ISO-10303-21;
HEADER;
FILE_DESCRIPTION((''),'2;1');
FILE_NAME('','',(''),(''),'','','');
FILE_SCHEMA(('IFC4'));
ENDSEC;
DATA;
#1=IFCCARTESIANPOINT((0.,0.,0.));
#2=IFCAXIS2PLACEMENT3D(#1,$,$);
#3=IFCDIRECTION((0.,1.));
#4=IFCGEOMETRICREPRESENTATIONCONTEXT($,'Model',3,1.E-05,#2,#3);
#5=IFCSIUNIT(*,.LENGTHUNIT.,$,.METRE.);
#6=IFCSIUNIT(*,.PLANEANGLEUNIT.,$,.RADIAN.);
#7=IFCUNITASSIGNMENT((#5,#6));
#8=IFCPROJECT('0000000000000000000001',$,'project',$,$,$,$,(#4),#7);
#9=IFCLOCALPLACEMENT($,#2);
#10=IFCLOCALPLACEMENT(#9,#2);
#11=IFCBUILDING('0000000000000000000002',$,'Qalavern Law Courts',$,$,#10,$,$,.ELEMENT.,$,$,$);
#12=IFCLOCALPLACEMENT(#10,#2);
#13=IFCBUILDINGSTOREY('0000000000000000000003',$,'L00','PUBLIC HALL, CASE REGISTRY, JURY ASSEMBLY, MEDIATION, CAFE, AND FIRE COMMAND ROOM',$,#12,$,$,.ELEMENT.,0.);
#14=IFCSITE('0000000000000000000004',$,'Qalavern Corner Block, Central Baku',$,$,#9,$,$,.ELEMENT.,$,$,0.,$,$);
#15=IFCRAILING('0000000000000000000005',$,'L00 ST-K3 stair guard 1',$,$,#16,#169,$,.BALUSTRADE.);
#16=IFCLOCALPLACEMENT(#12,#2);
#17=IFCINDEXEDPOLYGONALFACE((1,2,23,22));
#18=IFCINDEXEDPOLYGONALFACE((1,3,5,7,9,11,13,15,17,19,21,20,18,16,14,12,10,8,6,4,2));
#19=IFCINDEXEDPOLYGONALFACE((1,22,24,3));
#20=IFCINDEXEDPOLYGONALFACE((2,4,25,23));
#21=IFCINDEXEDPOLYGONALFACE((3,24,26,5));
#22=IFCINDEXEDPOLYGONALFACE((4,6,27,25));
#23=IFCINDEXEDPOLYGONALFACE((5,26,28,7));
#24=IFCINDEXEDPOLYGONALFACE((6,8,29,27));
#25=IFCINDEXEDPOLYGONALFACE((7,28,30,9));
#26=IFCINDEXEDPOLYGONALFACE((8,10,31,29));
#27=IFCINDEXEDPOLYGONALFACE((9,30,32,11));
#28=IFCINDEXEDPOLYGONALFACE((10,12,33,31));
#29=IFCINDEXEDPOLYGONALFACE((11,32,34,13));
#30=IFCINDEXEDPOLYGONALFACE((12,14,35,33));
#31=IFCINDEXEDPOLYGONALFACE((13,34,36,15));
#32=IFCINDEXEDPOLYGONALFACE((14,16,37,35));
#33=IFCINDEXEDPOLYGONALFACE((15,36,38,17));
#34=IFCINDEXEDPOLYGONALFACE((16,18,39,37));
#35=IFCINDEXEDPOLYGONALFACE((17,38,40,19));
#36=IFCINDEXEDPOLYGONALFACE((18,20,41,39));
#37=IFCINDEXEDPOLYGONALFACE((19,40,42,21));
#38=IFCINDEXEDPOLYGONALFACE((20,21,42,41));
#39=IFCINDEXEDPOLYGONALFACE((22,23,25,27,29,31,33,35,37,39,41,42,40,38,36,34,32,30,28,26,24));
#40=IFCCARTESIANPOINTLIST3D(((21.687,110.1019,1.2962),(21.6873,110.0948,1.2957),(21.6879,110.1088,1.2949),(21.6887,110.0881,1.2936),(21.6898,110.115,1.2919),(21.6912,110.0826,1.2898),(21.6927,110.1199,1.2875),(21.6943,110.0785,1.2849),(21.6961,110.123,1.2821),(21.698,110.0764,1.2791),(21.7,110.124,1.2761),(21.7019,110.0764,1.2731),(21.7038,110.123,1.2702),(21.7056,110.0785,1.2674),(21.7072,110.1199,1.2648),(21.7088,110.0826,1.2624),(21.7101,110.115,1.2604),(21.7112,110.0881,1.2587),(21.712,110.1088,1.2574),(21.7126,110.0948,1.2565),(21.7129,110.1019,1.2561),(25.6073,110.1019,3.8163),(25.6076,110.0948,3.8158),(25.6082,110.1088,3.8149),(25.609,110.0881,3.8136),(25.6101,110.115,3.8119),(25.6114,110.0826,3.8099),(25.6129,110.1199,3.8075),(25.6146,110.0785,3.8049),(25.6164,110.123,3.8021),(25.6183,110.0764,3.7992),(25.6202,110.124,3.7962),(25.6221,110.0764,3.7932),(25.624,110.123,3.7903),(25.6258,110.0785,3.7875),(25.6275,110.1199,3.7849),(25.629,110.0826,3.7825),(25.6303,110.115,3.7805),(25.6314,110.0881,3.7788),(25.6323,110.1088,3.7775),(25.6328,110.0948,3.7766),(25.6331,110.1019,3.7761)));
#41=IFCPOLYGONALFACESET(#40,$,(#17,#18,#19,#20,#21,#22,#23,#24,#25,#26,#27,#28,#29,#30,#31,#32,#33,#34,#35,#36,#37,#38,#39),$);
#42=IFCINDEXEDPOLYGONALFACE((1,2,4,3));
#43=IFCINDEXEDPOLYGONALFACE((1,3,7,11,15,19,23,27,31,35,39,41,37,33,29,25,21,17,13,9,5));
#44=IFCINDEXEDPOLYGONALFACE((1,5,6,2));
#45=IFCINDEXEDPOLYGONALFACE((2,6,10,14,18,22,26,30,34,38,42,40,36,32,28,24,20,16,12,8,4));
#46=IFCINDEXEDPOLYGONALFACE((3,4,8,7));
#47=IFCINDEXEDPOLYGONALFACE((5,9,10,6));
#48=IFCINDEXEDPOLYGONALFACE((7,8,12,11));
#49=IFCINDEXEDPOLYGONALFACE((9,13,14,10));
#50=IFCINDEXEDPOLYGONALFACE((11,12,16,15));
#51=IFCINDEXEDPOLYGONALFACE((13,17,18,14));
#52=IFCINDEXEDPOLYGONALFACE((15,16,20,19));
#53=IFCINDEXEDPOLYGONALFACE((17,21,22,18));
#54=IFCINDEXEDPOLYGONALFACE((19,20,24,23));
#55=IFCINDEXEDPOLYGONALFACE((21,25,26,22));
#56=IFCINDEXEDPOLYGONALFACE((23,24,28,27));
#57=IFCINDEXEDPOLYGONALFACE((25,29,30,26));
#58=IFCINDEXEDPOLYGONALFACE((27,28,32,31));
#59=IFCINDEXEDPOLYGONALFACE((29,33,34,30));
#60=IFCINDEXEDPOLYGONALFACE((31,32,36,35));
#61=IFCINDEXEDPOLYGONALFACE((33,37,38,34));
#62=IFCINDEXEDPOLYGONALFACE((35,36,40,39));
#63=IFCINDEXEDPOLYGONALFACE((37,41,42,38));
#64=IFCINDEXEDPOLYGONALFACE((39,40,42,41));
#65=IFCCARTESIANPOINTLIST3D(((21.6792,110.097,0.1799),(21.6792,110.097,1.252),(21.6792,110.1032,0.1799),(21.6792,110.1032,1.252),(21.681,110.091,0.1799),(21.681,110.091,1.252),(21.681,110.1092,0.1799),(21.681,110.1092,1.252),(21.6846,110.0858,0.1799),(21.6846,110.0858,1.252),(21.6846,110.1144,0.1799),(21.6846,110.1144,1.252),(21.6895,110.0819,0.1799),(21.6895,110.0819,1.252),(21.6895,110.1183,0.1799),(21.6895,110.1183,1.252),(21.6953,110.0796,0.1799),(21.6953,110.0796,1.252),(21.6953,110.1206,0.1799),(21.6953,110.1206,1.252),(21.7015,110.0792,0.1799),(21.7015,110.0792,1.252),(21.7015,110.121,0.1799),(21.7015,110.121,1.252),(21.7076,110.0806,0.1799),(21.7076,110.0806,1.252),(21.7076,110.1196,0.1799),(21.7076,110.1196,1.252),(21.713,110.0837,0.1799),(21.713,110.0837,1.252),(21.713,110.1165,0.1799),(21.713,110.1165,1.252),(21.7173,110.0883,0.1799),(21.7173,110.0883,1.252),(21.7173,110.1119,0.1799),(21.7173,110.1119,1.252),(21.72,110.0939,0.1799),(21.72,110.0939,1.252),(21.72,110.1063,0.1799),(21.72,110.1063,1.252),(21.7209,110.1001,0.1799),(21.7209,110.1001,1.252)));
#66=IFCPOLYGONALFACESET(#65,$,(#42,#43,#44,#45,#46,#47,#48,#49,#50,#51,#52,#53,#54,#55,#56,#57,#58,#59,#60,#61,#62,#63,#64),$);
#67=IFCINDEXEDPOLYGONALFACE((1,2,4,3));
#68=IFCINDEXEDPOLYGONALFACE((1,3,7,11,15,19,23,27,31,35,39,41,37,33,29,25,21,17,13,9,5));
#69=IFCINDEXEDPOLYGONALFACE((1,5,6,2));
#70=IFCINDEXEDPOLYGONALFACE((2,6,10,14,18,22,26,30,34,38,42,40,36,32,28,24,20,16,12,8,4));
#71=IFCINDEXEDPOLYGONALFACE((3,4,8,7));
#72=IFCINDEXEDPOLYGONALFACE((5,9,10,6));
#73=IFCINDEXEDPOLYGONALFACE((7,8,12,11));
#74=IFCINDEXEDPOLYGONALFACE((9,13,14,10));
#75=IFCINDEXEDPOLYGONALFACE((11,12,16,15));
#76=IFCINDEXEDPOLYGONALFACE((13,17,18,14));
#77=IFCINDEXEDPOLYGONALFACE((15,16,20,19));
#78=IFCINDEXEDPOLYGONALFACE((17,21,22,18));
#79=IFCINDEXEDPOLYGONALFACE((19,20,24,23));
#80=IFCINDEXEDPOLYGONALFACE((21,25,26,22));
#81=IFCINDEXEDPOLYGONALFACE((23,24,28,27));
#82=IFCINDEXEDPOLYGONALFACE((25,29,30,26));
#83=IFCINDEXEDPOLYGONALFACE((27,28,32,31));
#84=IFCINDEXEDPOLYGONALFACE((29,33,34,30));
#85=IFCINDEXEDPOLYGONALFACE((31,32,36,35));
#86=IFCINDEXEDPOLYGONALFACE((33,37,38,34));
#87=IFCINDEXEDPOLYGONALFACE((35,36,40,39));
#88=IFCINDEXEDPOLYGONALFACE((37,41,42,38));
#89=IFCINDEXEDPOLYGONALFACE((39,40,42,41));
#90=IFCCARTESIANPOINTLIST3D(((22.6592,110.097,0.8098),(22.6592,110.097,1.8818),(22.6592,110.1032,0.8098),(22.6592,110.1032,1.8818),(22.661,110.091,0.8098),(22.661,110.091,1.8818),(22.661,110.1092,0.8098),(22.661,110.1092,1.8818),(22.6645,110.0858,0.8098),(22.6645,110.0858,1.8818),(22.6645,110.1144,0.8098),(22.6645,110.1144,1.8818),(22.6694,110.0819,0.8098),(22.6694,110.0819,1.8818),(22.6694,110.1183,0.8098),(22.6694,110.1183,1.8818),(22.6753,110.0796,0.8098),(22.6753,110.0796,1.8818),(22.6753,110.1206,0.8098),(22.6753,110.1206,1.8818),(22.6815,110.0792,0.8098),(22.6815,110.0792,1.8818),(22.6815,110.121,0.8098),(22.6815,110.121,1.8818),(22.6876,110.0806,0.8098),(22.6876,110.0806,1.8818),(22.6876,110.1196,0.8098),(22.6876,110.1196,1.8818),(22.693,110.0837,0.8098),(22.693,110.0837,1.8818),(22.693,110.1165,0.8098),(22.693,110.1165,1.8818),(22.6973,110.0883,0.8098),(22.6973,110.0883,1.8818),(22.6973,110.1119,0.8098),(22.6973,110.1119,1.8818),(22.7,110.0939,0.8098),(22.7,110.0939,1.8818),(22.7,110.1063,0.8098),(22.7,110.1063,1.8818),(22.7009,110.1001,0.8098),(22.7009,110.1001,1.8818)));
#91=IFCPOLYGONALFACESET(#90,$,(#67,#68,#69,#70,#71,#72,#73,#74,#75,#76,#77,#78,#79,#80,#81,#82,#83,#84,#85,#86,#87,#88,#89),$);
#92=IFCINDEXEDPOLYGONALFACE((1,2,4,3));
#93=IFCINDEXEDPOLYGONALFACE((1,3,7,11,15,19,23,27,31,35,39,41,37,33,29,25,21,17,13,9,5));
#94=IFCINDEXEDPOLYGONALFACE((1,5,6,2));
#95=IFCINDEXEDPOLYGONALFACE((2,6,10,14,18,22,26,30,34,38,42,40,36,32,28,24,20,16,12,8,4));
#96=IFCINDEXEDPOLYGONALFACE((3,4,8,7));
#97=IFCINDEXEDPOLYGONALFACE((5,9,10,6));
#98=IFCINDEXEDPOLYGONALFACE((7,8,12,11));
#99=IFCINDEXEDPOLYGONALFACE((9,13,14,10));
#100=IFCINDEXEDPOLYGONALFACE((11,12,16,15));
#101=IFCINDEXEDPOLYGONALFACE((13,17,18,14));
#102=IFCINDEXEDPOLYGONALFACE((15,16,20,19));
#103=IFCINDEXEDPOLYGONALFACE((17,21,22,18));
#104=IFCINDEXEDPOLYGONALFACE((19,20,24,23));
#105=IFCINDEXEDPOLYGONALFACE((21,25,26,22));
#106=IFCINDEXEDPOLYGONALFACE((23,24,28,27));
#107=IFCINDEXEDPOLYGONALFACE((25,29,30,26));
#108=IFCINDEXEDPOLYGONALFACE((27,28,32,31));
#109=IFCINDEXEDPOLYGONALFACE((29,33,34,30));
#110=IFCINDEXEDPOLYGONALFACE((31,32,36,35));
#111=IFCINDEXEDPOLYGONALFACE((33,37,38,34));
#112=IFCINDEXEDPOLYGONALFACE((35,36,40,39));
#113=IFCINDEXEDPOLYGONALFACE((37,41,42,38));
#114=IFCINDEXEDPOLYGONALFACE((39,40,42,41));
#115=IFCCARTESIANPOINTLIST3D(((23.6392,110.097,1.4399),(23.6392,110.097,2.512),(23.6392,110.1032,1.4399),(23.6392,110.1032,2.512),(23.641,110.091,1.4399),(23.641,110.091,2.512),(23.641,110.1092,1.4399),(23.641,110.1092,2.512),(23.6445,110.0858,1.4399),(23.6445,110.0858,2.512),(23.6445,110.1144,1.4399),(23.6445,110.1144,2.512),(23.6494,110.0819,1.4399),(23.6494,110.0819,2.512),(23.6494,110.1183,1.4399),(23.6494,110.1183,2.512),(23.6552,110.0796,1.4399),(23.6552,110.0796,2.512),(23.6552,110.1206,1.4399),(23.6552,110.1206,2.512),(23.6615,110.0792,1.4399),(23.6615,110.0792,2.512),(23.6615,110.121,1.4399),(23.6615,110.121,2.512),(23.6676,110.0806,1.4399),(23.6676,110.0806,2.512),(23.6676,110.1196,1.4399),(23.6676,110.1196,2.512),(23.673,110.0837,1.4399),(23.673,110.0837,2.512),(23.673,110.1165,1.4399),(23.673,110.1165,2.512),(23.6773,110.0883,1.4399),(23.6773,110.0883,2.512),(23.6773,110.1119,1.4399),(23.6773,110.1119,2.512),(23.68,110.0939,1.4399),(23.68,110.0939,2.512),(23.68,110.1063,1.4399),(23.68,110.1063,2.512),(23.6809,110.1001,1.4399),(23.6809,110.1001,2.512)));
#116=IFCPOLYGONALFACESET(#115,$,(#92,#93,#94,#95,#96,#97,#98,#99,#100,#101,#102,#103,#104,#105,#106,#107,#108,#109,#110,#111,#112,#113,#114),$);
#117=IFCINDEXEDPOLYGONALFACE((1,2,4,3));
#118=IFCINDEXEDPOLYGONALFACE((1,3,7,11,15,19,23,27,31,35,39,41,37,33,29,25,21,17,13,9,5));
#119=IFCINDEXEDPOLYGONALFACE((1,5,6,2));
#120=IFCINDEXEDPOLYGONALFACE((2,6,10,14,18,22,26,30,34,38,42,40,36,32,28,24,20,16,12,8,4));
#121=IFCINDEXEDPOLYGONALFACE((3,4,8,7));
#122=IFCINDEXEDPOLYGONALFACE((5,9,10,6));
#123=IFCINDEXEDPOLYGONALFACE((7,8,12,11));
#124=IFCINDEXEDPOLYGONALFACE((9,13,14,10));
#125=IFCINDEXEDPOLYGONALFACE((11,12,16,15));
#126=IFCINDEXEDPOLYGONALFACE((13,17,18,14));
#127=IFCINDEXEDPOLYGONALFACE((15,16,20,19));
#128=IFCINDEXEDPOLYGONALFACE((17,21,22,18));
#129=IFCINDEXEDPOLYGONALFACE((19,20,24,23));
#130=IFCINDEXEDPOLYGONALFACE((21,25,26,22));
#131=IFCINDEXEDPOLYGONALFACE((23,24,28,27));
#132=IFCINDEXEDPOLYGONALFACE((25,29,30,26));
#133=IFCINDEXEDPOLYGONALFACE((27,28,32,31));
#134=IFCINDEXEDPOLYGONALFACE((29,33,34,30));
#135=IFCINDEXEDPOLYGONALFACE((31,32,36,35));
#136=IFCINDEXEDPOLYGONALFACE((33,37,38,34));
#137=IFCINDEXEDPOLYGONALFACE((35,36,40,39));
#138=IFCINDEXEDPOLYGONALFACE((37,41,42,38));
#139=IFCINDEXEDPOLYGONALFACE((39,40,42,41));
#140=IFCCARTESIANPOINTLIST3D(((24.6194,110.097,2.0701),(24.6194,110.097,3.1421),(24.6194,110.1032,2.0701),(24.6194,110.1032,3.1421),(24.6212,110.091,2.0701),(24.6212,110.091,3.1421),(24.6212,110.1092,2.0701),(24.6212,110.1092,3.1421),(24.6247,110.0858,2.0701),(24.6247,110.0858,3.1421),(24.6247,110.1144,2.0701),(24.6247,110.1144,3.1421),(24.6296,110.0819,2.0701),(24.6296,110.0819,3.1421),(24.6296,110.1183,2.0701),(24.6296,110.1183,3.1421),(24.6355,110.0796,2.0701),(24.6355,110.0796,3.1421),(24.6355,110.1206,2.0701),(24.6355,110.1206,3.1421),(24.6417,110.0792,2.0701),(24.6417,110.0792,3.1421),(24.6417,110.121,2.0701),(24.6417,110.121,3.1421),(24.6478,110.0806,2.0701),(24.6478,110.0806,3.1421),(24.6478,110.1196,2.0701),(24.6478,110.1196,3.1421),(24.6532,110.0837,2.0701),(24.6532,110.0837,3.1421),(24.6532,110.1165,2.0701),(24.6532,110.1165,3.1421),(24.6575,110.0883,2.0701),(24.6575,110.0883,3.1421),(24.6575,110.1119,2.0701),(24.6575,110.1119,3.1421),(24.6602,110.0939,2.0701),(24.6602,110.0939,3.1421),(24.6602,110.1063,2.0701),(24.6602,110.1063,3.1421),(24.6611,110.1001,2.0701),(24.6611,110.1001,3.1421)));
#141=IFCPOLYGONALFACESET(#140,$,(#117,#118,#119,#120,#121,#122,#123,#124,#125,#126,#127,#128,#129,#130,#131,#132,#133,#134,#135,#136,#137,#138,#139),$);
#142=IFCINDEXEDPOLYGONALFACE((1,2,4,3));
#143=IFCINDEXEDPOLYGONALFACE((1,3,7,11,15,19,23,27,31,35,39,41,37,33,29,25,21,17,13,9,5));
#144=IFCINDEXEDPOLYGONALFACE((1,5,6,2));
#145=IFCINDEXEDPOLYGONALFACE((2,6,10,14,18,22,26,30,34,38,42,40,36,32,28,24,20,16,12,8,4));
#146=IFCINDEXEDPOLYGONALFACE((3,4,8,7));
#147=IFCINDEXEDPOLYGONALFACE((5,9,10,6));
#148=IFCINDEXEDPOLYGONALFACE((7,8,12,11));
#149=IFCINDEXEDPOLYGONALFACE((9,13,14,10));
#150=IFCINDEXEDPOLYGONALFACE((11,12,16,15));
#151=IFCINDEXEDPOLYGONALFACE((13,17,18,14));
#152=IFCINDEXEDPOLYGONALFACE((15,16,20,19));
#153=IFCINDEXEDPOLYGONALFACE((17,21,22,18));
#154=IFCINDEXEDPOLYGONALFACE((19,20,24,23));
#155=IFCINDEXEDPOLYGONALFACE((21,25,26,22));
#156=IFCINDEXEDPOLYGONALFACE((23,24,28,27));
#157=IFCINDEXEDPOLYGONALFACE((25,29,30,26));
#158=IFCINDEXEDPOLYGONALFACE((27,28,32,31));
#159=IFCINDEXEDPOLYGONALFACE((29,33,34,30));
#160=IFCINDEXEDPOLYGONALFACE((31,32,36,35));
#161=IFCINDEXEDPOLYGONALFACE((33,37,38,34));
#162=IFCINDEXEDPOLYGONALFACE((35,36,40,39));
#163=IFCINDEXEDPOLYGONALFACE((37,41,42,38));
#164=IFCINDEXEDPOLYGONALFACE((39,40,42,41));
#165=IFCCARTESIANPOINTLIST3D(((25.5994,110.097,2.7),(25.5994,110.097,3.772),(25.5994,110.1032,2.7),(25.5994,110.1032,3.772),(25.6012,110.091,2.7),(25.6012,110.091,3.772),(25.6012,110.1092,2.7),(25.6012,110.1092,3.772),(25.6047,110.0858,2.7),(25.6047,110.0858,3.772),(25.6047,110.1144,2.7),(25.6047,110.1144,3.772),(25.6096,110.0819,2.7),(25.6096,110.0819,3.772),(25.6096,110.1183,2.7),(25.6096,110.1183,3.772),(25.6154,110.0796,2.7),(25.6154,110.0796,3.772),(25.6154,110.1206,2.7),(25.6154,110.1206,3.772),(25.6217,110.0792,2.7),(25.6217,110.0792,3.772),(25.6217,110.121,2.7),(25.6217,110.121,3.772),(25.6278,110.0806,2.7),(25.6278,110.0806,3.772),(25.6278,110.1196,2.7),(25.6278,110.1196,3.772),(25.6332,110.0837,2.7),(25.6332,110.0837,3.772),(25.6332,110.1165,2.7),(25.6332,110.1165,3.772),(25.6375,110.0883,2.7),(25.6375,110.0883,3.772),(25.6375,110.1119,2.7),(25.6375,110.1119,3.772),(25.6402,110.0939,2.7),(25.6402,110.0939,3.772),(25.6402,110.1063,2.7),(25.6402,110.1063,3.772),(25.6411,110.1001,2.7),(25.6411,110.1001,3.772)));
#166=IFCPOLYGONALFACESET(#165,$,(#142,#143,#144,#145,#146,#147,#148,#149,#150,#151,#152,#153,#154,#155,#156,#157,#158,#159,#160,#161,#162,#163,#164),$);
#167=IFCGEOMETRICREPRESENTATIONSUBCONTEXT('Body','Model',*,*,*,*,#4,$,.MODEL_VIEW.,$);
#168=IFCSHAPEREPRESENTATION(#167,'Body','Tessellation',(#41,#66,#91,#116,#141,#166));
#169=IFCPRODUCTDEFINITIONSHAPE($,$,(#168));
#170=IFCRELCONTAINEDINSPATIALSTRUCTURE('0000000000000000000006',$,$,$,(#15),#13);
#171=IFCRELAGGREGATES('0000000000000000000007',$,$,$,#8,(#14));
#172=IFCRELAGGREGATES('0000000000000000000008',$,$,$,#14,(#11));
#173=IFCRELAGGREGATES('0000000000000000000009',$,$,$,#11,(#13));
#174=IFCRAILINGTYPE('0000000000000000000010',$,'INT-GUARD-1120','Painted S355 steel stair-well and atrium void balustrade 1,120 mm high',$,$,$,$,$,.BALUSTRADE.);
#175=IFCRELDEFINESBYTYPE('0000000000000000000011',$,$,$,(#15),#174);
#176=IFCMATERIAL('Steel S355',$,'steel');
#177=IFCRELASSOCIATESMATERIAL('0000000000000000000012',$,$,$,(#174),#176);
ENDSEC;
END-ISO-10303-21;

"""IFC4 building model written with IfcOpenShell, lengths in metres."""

from ifc_helpers import new_model, si_unit, direction, frame, origin, origin_2d, place, context, subcontext, project, spatial, circle, extrude, material, type_object, element, save


model = new_model("IFC4")

# Units and contexts
model_context = context("Model", 3, precision=1e-05, world=origin(), true_north=direction((0.0, 1.0)))
body_context = subcontext(model_context, "Body", "Model", "MODEL_VIEW")
ifc_project = project(units=[si_unit("LENGTHUNIT", "METRE"), si_unit("PLANEANGLEUNIT", "RADIAN")], contexts=[model_context])

# Site, building, storey
site_placement = place(None, origin())
site = spatial("IfcSite", under=ifc_project, at=site_placement, Name="Qalavern Corner Block, Central Baku", CompositionType="ELEMENT", RefElevation=0.0)
building_placement = place(site_placement, origin())
building = spatial("IfcBuilding", under=site, at=building_placement, Name="Qalavern Law Courts", CompositionType="ELEMENT")
storey_placement = place(building_placement, origin())
storey = spatial("IfcBuildingStorey", under=building, at=storey_placement, Name="L00", Description="PUBLIC HALL, CASE REGISTRY, JURY ASSEMBLY, MEDIATION, CAFE, AND FIRE COMMAND ROOM", CompositionType="ELEMENT", Elevation=0.0)

# Railing
ifc_material_1 = material(Name="Steel S355", Category="steel")
railing_type_1 = type_object("IfcRailingType", Name="INT-GUARD-1120", Description="Painted S355 steel stair-well and atrium void balustrade 1,120 mm high", PredefinedType="BALUSTRADE", material=ifc_material_1)
railing_1_placement = place(storey_placement, frame((21.7, 110.1001, 0.1799)))
element("IfcRailing", 1, at=railing_1_placement, inside=storey, type_object=railing_type_1, Name="L00 ST-K3 stair guard 1", PredefinedType="BALUSTRADE", context=body_context, shape_type="SweptSolid", body=[
    extrude(circle(Radius=0.0239, at=origin_2d()), frame((0.0, 0.0, 1.0962), z_axis=(0.841187, 0.0, 0.540744), x_axis=(0.0, 1.0, 0.0)), (0.0, 0.0, 1.0), 4.6604),
    extrude(circle(Radius=0.021, at=origin_2d()), origin(), (0.0, 0.0, 1.0), 1.072),
    extrude(circle(Radius=0.021, at=origin_2d()), frame((0.98, 0.0, 0.6299)), (0.0, 0.0, 1.0), 1.072),
    extrude(circle(Radius=0.021, at=origin_2d()), frame((1.96, 0.0, 1.26)), (0.0, 0.0, 1.0), 1.072),
    extrude(circle(Radius=0.021, at=origin_2d()), frame((2.9402, 0.0, 1.8901)), (0.0, 0.0, 1.0), 1.072),
    extrude(circle(Radius=0.021, at=origin_2d()), frame((3.9202, 0.0, 2.52)), (0.0, 0.0, 1.0), 1.072),
])

save(model, "model.ifc")
